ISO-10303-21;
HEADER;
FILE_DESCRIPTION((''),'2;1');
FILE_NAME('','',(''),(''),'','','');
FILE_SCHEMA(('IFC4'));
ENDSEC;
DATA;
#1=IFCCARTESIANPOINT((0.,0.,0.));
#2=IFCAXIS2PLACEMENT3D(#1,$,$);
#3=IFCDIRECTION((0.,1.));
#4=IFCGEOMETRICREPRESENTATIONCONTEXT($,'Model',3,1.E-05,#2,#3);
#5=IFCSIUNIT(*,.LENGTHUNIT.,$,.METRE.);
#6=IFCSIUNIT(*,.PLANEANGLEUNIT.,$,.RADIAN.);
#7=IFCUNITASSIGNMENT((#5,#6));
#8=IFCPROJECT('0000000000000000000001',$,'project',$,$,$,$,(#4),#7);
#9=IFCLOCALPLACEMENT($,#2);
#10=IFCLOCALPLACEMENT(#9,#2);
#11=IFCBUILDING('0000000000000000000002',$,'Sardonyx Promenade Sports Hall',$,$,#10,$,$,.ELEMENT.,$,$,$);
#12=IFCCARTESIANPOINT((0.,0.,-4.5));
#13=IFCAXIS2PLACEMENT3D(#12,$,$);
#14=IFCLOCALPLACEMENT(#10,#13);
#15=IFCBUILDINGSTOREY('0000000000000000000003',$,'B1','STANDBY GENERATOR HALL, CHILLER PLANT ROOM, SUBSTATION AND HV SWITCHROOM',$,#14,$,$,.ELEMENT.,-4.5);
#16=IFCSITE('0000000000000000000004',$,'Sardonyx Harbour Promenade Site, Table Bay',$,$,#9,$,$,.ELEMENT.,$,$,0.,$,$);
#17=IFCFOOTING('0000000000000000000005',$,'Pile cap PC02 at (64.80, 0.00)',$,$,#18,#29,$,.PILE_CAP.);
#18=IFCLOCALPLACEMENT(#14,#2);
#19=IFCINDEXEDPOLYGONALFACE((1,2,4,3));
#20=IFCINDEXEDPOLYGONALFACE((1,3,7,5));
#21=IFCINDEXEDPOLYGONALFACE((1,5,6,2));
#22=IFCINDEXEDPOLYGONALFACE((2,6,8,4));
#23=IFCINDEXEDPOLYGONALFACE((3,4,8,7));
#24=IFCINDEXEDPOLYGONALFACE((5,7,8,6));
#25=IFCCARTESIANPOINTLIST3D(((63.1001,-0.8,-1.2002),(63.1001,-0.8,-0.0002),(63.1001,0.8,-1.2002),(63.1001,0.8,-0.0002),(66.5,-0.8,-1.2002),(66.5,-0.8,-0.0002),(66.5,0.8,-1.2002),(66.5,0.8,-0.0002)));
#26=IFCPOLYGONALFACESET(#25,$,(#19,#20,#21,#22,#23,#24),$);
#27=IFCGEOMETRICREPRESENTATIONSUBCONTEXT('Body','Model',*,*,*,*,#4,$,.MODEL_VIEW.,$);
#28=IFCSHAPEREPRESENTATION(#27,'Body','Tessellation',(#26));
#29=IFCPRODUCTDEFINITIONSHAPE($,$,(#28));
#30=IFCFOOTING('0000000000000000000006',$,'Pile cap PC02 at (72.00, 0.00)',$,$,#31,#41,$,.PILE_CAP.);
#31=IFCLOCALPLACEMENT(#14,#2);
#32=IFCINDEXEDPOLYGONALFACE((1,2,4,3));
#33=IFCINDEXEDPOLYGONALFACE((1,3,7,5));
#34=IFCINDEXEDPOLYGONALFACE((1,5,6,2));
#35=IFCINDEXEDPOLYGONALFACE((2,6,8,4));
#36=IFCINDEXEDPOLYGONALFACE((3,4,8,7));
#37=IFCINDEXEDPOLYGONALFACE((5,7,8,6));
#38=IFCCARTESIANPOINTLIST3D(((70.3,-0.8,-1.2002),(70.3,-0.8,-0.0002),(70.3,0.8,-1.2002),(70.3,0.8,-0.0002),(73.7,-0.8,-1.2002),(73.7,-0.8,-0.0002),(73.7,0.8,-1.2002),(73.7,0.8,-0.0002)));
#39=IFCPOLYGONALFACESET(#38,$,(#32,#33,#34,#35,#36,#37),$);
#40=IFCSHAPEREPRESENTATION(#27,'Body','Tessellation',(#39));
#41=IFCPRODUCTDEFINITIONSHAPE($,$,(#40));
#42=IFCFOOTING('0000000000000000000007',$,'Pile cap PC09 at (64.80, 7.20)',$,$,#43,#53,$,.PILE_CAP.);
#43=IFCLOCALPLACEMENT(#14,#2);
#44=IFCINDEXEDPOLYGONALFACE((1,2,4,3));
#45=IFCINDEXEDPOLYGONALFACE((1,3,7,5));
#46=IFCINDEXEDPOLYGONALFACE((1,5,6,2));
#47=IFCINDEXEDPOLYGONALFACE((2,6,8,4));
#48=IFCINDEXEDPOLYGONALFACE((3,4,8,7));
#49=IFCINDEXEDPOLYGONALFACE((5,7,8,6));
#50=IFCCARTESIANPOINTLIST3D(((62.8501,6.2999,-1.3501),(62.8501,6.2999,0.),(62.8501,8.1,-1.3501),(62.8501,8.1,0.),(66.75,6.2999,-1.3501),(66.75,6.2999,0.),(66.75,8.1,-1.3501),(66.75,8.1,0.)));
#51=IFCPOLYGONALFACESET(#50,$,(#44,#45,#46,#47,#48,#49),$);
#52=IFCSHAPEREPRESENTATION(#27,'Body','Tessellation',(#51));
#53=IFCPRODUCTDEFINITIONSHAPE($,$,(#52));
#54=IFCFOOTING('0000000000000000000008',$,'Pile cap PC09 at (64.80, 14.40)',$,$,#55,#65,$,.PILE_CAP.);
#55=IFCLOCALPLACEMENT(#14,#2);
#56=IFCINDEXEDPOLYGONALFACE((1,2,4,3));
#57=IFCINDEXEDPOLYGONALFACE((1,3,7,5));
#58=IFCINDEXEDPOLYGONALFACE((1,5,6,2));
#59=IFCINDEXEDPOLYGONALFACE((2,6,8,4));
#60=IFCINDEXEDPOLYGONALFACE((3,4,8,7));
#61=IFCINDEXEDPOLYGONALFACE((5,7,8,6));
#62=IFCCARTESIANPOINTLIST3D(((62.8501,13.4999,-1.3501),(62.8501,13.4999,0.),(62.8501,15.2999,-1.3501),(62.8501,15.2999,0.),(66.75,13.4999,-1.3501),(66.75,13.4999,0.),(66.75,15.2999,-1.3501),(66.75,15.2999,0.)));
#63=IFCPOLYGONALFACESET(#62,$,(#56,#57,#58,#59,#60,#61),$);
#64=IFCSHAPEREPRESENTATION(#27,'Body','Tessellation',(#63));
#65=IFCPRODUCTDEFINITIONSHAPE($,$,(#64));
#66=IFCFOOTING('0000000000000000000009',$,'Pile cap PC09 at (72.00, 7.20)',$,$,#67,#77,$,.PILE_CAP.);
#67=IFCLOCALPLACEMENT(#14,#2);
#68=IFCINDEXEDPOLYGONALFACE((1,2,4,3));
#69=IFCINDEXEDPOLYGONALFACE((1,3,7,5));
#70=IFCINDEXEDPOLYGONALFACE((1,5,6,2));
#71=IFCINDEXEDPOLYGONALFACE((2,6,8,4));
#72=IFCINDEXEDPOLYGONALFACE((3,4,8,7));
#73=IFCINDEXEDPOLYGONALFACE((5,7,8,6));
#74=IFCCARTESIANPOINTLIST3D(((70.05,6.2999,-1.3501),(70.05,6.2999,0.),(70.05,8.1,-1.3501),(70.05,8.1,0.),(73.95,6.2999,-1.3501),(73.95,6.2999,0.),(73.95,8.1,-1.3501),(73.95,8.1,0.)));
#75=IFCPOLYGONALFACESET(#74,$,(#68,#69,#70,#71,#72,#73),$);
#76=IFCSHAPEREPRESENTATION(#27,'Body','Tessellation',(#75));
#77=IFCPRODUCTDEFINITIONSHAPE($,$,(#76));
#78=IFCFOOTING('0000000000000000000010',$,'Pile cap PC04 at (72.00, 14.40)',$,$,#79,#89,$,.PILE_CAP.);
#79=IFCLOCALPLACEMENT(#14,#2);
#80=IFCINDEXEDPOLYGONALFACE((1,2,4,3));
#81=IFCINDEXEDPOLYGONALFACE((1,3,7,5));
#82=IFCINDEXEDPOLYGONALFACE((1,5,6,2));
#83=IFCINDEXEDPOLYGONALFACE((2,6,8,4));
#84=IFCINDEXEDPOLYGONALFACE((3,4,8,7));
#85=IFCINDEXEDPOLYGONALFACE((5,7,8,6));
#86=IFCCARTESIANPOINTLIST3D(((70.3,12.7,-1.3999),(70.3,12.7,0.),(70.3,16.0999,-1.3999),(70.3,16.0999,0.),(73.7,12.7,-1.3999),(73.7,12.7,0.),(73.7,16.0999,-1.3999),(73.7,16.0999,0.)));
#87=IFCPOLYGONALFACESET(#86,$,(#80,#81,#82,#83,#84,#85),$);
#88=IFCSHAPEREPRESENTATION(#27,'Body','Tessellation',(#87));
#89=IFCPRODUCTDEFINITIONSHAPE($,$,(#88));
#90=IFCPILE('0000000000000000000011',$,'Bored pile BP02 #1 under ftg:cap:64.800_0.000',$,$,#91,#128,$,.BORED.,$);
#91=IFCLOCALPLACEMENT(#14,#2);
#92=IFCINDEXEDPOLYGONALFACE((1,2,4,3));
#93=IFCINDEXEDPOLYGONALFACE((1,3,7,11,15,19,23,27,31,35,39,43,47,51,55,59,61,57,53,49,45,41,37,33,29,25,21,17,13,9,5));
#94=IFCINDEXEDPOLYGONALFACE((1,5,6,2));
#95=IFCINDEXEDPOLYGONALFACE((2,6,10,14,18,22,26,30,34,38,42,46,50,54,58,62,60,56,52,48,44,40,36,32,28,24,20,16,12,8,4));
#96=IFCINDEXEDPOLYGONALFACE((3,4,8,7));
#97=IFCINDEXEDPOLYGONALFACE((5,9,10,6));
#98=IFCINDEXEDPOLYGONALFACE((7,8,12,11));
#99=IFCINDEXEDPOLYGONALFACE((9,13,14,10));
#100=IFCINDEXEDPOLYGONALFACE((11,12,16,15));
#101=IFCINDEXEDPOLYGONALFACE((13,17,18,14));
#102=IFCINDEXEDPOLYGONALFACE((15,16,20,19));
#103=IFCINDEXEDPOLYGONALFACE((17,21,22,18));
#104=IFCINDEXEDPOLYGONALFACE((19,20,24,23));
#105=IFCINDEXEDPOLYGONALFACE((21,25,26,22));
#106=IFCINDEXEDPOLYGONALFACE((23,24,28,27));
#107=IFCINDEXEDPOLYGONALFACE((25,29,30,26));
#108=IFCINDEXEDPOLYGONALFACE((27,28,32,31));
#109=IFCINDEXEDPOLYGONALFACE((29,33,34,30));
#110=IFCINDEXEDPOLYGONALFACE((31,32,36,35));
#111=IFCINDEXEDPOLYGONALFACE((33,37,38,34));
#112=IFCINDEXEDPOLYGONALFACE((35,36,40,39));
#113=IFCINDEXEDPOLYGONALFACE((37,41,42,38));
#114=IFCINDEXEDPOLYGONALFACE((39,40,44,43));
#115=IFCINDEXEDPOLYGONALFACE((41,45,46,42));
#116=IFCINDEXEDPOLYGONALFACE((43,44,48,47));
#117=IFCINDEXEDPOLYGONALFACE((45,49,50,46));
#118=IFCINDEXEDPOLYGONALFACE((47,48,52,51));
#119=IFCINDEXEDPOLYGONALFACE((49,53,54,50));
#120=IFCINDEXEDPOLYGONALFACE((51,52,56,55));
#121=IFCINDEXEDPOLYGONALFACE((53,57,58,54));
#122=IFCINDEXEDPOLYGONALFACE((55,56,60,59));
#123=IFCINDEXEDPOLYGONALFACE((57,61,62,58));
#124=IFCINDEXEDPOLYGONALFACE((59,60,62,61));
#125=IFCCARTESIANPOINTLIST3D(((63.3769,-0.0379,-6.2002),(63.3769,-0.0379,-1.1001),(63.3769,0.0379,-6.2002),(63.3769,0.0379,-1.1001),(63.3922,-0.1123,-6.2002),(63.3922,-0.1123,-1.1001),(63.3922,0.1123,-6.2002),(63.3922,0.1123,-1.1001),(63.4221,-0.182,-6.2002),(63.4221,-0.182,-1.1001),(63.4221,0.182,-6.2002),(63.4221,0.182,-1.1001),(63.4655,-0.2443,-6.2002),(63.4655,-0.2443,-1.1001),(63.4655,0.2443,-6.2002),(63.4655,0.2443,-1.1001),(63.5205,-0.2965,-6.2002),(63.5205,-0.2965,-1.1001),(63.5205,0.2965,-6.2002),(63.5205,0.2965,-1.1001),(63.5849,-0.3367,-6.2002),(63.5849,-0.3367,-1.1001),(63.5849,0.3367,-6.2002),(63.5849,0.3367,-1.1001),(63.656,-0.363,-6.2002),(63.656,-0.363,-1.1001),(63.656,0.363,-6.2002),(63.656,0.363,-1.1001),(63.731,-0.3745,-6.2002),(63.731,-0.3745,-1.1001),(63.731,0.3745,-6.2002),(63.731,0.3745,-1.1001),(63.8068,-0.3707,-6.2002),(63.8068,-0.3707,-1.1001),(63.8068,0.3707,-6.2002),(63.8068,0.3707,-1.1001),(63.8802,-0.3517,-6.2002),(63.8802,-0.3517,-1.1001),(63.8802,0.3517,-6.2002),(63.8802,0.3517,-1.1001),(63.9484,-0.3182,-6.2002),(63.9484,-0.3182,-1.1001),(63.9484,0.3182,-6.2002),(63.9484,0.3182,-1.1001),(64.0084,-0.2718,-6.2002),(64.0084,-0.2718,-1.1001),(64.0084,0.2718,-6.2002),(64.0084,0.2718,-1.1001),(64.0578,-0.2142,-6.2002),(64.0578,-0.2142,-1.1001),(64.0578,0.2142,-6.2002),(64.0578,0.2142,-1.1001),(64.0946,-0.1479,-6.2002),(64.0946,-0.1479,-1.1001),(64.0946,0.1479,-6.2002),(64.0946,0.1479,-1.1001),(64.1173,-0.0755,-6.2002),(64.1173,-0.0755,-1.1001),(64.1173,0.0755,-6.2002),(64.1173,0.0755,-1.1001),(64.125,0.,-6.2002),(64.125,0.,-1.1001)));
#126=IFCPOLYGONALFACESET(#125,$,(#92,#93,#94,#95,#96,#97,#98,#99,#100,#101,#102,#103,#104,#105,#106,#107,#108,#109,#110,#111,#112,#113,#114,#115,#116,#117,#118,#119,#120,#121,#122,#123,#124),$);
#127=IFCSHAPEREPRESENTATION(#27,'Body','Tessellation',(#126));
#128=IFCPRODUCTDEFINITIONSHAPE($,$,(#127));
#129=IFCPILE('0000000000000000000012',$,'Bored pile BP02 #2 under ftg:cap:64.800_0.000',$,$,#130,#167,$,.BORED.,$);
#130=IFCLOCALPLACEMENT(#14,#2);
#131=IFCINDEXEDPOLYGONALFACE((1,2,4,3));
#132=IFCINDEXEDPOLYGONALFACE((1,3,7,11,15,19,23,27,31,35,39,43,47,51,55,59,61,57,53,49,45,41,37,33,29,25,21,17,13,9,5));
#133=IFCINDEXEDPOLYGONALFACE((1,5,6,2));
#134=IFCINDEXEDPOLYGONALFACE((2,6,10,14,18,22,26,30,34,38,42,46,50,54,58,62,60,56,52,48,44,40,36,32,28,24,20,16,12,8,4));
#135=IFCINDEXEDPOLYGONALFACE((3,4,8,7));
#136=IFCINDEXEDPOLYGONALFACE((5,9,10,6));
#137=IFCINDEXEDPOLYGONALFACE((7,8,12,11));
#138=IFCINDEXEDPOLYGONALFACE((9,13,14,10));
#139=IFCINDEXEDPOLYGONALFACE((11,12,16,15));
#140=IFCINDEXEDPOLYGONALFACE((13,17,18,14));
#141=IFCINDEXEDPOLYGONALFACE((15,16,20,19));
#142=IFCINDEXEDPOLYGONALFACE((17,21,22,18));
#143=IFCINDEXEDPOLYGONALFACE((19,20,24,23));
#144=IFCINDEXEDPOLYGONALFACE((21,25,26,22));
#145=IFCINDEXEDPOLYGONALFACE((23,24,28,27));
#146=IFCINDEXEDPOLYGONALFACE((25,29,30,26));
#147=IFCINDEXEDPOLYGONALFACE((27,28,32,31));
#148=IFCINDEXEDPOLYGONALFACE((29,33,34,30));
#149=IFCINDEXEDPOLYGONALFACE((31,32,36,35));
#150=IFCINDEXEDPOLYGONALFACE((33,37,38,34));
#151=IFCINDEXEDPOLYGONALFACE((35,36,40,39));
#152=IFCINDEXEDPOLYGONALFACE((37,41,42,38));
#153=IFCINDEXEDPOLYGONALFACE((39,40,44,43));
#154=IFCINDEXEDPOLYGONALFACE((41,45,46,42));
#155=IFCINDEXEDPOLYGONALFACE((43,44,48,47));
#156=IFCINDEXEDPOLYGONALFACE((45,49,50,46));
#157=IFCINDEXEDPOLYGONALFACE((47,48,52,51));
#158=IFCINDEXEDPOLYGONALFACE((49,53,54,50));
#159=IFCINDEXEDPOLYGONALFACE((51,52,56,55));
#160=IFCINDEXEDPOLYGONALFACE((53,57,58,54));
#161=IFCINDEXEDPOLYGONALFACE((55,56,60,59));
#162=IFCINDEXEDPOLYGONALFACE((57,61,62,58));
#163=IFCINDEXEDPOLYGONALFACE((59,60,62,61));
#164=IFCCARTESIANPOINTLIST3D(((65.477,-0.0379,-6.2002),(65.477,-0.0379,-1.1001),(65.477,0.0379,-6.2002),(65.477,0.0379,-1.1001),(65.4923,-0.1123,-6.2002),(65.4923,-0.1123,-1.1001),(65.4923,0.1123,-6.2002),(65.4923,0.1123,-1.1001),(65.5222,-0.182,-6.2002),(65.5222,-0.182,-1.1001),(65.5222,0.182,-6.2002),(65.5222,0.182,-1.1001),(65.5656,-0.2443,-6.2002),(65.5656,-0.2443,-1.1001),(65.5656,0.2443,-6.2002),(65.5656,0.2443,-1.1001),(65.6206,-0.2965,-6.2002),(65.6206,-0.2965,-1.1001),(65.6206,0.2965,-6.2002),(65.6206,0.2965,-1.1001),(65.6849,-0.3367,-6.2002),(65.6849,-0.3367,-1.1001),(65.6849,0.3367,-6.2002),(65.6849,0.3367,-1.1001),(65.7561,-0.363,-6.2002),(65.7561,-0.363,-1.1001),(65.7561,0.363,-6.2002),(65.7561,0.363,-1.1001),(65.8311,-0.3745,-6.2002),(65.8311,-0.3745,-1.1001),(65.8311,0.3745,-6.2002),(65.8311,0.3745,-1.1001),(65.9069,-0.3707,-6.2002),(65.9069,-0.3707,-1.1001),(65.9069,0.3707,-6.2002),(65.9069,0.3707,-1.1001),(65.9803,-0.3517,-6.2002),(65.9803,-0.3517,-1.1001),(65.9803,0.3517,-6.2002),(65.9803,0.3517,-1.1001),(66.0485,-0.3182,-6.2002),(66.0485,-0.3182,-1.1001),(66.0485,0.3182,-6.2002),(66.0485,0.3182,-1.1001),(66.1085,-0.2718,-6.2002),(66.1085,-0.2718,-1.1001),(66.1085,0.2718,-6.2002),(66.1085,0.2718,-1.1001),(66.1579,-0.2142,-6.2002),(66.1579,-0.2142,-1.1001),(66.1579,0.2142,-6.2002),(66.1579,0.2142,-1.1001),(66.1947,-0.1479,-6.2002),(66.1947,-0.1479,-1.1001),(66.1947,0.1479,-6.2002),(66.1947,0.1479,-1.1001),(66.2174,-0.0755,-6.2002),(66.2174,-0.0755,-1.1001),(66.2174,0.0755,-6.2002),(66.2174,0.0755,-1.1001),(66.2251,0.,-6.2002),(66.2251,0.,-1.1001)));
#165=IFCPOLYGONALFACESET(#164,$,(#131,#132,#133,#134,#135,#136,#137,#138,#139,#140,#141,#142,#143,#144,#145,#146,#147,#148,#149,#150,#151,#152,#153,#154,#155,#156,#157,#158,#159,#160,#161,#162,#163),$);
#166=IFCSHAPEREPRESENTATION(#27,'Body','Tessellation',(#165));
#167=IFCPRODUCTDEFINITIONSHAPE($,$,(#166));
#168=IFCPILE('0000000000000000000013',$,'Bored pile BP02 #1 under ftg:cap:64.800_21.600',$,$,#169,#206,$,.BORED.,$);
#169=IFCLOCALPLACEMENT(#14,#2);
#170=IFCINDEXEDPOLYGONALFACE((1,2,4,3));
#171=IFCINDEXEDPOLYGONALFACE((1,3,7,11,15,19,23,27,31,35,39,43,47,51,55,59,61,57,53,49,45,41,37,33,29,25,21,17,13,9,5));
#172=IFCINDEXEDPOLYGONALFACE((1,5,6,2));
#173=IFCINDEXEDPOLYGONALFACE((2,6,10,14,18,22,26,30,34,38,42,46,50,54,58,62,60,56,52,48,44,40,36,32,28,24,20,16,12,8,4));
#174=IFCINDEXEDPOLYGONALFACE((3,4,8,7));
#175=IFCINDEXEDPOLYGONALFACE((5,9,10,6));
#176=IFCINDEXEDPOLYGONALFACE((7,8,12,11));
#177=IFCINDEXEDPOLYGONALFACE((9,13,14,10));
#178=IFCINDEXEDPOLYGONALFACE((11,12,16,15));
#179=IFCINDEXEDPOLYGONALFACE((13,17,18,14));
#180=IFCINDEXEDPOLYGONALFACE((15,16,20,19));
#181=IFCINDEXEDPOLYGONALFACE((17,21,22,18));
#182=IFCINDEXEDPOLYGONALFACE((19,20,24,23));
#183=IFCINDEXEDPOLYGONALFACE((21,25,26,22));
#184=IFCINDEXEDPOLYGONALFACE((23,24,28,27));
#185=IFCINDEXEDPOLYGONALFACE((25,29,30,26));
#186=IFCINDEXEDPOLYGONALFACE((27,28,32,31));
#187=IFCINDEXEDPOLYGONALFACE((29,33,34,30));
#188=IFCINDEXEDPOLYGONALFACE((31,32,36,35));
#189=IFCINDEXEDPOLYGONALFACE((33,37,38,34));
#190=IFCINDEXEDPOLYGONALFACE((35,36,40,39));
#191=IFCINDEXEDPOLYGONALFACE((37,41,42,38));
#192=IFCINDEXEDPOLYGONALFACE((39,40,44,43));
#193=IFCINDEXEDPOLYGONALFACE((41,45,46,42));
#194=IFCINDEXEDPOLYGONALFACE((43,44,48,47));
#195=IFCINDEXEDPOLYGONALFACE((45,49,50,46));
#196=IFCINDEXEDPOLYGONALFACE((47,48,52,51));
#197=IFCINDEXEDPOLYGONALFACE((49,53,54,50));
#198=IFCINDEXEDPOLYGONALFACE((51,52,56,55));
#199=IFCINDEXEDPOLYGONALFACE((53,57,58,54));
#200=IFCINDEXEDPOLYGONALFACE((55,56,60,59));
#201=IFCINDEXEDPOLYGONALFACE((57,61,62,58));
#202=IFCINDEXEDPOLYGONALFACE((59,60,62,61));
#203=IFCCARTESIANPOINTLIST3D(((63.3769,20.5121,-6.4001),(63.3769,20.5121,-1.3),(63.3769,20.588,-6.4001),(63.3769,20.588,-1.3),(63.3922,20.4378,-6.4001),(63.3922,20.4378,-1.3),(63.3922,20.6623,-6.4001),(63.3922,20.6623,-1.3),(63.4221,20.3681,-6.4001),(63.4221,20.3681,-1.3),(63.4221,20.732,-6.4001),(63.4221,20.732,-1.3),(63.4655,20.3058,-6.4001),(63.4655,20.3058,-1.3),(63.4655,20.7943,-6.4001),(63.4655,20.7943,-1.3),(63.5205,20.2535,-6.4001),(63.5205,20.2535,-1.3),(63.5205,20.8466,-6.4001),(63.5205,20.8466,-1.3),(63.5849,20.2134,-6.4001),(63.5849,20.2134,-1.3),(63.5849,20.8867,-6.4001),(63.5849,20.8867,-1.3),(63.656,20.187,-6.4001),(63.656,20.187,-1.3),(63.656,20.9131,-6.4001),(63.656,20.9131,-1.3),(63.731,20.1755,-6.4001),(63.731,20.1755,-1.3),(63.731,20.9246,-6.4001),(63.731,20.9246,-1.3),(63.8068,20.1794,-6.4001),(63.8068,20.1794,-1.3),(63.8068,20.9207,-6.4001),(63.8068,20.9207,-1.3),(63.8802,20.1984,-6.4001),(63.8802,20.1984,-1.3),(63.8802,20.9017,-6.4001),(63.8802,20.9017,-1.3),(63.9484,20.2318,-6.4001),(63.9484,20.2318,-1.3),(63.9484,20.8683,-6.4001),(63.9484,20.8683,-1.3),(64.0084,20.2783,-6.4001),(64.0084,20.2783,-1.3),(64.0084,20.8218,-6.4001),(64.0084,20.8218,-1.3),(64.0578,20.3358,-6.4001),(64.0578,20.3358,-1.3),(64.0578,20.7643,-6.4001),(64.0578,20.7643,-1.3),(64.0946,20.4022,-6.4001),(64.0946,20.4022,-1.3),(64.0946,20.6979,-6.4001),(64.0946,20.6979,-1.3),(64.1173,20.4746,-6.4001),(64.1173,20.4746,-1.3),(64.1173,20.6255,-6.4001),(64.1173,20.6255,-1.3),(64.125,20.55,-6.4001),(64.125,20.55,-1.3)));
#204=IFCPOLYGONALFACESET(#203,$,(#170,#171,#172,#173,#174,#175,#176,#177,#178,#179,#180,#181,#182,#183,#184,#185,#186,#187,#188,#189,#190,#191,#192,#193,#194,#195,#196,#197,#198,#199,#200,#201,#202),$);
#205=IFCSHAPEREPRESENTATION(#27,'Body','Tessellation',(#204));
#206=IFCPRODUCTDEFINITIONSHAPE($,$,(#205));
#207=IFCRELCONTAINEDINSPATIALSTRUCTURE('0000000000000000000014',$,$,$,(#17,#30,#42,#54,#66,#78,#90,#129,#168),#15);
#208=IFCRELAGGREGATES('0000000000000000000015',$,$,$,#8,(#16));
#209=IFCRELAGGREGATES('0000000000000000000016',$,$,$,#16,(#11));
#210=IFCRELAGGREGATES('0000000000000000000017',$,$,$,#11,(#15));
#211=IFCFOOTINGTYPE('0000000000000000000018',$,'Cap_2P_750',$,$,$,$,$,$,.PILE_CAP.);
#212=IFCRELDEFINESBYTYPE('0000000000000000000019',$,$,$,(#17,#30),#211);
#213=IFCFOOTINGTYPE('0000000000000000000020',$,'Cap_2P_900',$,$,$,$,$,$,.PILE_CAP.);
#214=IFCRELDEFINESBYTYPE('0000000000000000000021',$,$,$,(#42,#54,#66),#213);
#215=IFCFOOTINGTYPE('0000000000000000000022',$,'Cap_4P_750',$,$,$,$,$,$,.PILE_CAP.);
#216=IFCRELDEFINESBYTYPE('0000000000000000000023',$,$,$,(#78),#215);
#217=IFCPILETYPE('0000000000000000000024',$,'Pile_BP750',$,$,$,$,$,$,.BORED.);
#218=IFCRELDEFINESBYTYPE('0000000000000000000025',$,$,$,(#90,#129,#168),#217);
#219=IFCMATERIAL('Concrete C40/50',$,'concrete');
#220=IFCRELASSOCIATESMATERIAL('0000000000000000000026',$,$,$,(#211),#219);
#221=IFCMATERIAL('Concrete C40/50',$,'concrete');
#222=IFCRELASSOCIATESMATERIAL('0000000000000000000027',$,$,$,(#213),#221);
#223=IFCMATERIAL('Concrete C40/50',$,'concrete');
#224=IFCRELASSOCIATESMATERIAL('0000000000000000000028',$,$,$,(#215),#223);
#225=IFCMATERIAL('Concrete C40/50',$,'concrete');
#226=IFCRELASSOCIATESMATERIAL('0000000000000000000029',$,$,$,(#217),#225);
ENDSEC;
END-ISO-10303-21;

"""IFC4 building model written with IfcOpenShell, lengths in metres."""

from ifc_helpers import new_model, si_unit, direction, frame, origin, origin_2d, place, context, subcontext, project, spatial, rectangle, circle, extrude, material, material_profile, profile_set, type_object, element, save


model = new_model("IFC4")

# Units and contexts
model_context = context("Model", 3, precision=1e-05, world=origin(), true_north=direction((0.0, 1.0)))
body_context = subcontext(model_context, "Body", "Model", "MODEL_VIEW")
ifc_project = project(units=[si_unit("LENGTHUNIT", "METRE"), si_unit("PLANEANGLEUNIT", "RADIAN")], contexts=[model_context])

# Site, building, storey
site_placement = place(None, origin())
site = spatial("IfcSite", under=ifc_project, at=site_placement, Name="Sardonyx Harbour Promenade Site, Table Bay", CompositionType="ELEMENT", RefElevation=0.0)
building_placement = place(site_placement, origin())
building = spatial("IfcBuilding", under=site, at=building_placement, Name="Sardonyx Promenade Sports Hall", CompositionType="ELEMENT")
storey_placement = place(building_placement, frame((0.0, 0.0, -4.5)))
storey = spatial("IfcBuildingStorey", under=building, at=storey_placement, Name="B1", Description="STANDBY GENERATOR HALL, CHILLER PLANT ROOM, SUBSTATION AND HV SWITCHROOM", CompositionType="ELEMENT", Elevation=-4.5)

# Footings
ifc_material_1 = material(Name="Concrete C40/50", Category="concrete")
footing_type_1 = type_object("IfcFootingType", Name="Cap_2P_750", PredefinedType="PILE_CAP", material=ifc_material_1)
for number, where, z_axis, x_axis, name in (
    (1, (64.8, 0.0, -1.2002), (0.0, 0.0, 1.0), (1.0, 0.0, 0.0), "Pile cap PC02 at (64.80, 0.00)"),
    (2, (72.0, 0.0, -1.2002), (0.0, 0.0, 1.0), (1.0, 0.0, 0.0), "Pile cap PC02 at (72.00, 0.00)"),
):
    element("IfcFooting", number, at=place(storey_placement, frame(where, z_axis=z_axis, x_axis=x_axis)), inside=storey, type_object=footing_type_1, Name=name, PredefinedType="PILE_CAP", context=body_context, shape_type="SweptSolid", body=[
        extrude(rectangle(XDim=3.3999, YDim=1.6001, at=origin_2d()), origin(), (0.0, 0.0, 1.0), 1.2),
    ])
ifc_material_2 = material(Name="Concrete C40/50", Category="concrete")
footing_type_2 = type_object("IfcFootingType", Name="Cap_2P_900", PredefinedType="PILE_CAP", material=ifc_material_2)
for number, where, z_axis, x_axis, name in (
    (3, (64.8, 7.2, -1.3501), (0.0, 0.0, 1.0), (1.0, 0.0, 0.0), "Pile cap PC09 at (64.80, 7.20)"),
    (4, (64.8, 14.3999, -1.3501), (0.0, 0.0, 1.0), (1.0, 0.0, 0.0), "Pile cap PC09 at (64.80, 14.40)"),
    (5, (72.0, 7.2, -1.3501), (0.0, 0.0, 1.0), (1.0, 0.0, 0.0), "Pile cap PC09 at (72.00, 7.20)"),
):
    element("IfcFooting", number, at=place(storey_placement, frame(where, z_axis=z_axis, x_axis=x_axis)), inside=storey, type_object=footing_type_2, Name=name, PredefinedType="PILE_CAP", context=body_context, shape_type="SweptSolid", body=[
        extrude(rectangle(XDim=3.8999, YDim=1.8, at=origin_2d()), origin(), (0.0, 0.0, 1.0), 1.3501),
    ])
ifc_material_3 = material(Name="Concrete C40/50", Category="concrete")
footing_type_3 = type_object("IfcFootingType", Name="Cap_4P_750", PredefinedType="PILE_CAP", material=ifc_material_3)
footing_placement = place(storey_placement, frame((72.0, 14.3999, -1.3999), z_axis=(0.0, 0.0, 1.0), x_axis=(1.0, 0.0, 0.0)))
element("IfcFooting", 6, at=footing_placement, inside=storey, type_object=footing_type_3, Name="Pile cap PC04 at (72.00, 14.40)", PredefinedType="PILE_CAP", context=body_context, shape_type="SweptSolid", body=[
    extrude(rectangle(XDim=3.3999, YDim=3.3999, at=origin_2d()), origin(), (0.0, 0.0, 1.0), 1.3999),
])

# Piles
ifc_material_4 = material(Name="Concrete C40/50", Category="concrete")
ifc_material_profile_1 = material_profile(ifc_material_4, circle(Radius=0.375, at=origin_2d()))
ifc_profile_set_1 = profile_set([ifc_material_profile_1], Name="Concrete C40/50")
pile_type_1 = type_object("IfcPileType", Name="Pile_BP750", PredefinedType="BORED", material=ifc_profile_set_1)
for number, where, z_axis, x_axis, name in (
    (7, (63.75, 0.0, -1.1001), (0.0, 0.0, -1.0), (1.0, 0.0, 0.0), "Bored pile BP02 #1 under ftg:cap:64.800_0.000"),
    (8, (65.8501, 0.0, -1.1001), (0.0, 0.0, -1.0), (1.0, 0.0, 0.0), "Bored pile BP02 #2 under ftg:cap:64.800_0.000"),
    (9, (63.75, 20.55, -1.3), (0.0, 0.0, -1.0), (1.0, 0.0, 0.0), "Bored pile BP02 #1 under ftg:cap:64.800_21.600"),
):
    element("IfcPile", number, at=place(storey_placement, frame(where, z_axis=z_axis, x_axis=x_axis)), inside=storey, type_object=pile_type_1, Name=name, PredefinedType="BORED", context=body_context, shape_type="SweptSolid", body=[
        extrude(circle(Radius=0.375, at=origin_2d()), origin(), (0.0, 0.0, 1.0), 5.1001),
    ])

save(model, "model.ifc")
